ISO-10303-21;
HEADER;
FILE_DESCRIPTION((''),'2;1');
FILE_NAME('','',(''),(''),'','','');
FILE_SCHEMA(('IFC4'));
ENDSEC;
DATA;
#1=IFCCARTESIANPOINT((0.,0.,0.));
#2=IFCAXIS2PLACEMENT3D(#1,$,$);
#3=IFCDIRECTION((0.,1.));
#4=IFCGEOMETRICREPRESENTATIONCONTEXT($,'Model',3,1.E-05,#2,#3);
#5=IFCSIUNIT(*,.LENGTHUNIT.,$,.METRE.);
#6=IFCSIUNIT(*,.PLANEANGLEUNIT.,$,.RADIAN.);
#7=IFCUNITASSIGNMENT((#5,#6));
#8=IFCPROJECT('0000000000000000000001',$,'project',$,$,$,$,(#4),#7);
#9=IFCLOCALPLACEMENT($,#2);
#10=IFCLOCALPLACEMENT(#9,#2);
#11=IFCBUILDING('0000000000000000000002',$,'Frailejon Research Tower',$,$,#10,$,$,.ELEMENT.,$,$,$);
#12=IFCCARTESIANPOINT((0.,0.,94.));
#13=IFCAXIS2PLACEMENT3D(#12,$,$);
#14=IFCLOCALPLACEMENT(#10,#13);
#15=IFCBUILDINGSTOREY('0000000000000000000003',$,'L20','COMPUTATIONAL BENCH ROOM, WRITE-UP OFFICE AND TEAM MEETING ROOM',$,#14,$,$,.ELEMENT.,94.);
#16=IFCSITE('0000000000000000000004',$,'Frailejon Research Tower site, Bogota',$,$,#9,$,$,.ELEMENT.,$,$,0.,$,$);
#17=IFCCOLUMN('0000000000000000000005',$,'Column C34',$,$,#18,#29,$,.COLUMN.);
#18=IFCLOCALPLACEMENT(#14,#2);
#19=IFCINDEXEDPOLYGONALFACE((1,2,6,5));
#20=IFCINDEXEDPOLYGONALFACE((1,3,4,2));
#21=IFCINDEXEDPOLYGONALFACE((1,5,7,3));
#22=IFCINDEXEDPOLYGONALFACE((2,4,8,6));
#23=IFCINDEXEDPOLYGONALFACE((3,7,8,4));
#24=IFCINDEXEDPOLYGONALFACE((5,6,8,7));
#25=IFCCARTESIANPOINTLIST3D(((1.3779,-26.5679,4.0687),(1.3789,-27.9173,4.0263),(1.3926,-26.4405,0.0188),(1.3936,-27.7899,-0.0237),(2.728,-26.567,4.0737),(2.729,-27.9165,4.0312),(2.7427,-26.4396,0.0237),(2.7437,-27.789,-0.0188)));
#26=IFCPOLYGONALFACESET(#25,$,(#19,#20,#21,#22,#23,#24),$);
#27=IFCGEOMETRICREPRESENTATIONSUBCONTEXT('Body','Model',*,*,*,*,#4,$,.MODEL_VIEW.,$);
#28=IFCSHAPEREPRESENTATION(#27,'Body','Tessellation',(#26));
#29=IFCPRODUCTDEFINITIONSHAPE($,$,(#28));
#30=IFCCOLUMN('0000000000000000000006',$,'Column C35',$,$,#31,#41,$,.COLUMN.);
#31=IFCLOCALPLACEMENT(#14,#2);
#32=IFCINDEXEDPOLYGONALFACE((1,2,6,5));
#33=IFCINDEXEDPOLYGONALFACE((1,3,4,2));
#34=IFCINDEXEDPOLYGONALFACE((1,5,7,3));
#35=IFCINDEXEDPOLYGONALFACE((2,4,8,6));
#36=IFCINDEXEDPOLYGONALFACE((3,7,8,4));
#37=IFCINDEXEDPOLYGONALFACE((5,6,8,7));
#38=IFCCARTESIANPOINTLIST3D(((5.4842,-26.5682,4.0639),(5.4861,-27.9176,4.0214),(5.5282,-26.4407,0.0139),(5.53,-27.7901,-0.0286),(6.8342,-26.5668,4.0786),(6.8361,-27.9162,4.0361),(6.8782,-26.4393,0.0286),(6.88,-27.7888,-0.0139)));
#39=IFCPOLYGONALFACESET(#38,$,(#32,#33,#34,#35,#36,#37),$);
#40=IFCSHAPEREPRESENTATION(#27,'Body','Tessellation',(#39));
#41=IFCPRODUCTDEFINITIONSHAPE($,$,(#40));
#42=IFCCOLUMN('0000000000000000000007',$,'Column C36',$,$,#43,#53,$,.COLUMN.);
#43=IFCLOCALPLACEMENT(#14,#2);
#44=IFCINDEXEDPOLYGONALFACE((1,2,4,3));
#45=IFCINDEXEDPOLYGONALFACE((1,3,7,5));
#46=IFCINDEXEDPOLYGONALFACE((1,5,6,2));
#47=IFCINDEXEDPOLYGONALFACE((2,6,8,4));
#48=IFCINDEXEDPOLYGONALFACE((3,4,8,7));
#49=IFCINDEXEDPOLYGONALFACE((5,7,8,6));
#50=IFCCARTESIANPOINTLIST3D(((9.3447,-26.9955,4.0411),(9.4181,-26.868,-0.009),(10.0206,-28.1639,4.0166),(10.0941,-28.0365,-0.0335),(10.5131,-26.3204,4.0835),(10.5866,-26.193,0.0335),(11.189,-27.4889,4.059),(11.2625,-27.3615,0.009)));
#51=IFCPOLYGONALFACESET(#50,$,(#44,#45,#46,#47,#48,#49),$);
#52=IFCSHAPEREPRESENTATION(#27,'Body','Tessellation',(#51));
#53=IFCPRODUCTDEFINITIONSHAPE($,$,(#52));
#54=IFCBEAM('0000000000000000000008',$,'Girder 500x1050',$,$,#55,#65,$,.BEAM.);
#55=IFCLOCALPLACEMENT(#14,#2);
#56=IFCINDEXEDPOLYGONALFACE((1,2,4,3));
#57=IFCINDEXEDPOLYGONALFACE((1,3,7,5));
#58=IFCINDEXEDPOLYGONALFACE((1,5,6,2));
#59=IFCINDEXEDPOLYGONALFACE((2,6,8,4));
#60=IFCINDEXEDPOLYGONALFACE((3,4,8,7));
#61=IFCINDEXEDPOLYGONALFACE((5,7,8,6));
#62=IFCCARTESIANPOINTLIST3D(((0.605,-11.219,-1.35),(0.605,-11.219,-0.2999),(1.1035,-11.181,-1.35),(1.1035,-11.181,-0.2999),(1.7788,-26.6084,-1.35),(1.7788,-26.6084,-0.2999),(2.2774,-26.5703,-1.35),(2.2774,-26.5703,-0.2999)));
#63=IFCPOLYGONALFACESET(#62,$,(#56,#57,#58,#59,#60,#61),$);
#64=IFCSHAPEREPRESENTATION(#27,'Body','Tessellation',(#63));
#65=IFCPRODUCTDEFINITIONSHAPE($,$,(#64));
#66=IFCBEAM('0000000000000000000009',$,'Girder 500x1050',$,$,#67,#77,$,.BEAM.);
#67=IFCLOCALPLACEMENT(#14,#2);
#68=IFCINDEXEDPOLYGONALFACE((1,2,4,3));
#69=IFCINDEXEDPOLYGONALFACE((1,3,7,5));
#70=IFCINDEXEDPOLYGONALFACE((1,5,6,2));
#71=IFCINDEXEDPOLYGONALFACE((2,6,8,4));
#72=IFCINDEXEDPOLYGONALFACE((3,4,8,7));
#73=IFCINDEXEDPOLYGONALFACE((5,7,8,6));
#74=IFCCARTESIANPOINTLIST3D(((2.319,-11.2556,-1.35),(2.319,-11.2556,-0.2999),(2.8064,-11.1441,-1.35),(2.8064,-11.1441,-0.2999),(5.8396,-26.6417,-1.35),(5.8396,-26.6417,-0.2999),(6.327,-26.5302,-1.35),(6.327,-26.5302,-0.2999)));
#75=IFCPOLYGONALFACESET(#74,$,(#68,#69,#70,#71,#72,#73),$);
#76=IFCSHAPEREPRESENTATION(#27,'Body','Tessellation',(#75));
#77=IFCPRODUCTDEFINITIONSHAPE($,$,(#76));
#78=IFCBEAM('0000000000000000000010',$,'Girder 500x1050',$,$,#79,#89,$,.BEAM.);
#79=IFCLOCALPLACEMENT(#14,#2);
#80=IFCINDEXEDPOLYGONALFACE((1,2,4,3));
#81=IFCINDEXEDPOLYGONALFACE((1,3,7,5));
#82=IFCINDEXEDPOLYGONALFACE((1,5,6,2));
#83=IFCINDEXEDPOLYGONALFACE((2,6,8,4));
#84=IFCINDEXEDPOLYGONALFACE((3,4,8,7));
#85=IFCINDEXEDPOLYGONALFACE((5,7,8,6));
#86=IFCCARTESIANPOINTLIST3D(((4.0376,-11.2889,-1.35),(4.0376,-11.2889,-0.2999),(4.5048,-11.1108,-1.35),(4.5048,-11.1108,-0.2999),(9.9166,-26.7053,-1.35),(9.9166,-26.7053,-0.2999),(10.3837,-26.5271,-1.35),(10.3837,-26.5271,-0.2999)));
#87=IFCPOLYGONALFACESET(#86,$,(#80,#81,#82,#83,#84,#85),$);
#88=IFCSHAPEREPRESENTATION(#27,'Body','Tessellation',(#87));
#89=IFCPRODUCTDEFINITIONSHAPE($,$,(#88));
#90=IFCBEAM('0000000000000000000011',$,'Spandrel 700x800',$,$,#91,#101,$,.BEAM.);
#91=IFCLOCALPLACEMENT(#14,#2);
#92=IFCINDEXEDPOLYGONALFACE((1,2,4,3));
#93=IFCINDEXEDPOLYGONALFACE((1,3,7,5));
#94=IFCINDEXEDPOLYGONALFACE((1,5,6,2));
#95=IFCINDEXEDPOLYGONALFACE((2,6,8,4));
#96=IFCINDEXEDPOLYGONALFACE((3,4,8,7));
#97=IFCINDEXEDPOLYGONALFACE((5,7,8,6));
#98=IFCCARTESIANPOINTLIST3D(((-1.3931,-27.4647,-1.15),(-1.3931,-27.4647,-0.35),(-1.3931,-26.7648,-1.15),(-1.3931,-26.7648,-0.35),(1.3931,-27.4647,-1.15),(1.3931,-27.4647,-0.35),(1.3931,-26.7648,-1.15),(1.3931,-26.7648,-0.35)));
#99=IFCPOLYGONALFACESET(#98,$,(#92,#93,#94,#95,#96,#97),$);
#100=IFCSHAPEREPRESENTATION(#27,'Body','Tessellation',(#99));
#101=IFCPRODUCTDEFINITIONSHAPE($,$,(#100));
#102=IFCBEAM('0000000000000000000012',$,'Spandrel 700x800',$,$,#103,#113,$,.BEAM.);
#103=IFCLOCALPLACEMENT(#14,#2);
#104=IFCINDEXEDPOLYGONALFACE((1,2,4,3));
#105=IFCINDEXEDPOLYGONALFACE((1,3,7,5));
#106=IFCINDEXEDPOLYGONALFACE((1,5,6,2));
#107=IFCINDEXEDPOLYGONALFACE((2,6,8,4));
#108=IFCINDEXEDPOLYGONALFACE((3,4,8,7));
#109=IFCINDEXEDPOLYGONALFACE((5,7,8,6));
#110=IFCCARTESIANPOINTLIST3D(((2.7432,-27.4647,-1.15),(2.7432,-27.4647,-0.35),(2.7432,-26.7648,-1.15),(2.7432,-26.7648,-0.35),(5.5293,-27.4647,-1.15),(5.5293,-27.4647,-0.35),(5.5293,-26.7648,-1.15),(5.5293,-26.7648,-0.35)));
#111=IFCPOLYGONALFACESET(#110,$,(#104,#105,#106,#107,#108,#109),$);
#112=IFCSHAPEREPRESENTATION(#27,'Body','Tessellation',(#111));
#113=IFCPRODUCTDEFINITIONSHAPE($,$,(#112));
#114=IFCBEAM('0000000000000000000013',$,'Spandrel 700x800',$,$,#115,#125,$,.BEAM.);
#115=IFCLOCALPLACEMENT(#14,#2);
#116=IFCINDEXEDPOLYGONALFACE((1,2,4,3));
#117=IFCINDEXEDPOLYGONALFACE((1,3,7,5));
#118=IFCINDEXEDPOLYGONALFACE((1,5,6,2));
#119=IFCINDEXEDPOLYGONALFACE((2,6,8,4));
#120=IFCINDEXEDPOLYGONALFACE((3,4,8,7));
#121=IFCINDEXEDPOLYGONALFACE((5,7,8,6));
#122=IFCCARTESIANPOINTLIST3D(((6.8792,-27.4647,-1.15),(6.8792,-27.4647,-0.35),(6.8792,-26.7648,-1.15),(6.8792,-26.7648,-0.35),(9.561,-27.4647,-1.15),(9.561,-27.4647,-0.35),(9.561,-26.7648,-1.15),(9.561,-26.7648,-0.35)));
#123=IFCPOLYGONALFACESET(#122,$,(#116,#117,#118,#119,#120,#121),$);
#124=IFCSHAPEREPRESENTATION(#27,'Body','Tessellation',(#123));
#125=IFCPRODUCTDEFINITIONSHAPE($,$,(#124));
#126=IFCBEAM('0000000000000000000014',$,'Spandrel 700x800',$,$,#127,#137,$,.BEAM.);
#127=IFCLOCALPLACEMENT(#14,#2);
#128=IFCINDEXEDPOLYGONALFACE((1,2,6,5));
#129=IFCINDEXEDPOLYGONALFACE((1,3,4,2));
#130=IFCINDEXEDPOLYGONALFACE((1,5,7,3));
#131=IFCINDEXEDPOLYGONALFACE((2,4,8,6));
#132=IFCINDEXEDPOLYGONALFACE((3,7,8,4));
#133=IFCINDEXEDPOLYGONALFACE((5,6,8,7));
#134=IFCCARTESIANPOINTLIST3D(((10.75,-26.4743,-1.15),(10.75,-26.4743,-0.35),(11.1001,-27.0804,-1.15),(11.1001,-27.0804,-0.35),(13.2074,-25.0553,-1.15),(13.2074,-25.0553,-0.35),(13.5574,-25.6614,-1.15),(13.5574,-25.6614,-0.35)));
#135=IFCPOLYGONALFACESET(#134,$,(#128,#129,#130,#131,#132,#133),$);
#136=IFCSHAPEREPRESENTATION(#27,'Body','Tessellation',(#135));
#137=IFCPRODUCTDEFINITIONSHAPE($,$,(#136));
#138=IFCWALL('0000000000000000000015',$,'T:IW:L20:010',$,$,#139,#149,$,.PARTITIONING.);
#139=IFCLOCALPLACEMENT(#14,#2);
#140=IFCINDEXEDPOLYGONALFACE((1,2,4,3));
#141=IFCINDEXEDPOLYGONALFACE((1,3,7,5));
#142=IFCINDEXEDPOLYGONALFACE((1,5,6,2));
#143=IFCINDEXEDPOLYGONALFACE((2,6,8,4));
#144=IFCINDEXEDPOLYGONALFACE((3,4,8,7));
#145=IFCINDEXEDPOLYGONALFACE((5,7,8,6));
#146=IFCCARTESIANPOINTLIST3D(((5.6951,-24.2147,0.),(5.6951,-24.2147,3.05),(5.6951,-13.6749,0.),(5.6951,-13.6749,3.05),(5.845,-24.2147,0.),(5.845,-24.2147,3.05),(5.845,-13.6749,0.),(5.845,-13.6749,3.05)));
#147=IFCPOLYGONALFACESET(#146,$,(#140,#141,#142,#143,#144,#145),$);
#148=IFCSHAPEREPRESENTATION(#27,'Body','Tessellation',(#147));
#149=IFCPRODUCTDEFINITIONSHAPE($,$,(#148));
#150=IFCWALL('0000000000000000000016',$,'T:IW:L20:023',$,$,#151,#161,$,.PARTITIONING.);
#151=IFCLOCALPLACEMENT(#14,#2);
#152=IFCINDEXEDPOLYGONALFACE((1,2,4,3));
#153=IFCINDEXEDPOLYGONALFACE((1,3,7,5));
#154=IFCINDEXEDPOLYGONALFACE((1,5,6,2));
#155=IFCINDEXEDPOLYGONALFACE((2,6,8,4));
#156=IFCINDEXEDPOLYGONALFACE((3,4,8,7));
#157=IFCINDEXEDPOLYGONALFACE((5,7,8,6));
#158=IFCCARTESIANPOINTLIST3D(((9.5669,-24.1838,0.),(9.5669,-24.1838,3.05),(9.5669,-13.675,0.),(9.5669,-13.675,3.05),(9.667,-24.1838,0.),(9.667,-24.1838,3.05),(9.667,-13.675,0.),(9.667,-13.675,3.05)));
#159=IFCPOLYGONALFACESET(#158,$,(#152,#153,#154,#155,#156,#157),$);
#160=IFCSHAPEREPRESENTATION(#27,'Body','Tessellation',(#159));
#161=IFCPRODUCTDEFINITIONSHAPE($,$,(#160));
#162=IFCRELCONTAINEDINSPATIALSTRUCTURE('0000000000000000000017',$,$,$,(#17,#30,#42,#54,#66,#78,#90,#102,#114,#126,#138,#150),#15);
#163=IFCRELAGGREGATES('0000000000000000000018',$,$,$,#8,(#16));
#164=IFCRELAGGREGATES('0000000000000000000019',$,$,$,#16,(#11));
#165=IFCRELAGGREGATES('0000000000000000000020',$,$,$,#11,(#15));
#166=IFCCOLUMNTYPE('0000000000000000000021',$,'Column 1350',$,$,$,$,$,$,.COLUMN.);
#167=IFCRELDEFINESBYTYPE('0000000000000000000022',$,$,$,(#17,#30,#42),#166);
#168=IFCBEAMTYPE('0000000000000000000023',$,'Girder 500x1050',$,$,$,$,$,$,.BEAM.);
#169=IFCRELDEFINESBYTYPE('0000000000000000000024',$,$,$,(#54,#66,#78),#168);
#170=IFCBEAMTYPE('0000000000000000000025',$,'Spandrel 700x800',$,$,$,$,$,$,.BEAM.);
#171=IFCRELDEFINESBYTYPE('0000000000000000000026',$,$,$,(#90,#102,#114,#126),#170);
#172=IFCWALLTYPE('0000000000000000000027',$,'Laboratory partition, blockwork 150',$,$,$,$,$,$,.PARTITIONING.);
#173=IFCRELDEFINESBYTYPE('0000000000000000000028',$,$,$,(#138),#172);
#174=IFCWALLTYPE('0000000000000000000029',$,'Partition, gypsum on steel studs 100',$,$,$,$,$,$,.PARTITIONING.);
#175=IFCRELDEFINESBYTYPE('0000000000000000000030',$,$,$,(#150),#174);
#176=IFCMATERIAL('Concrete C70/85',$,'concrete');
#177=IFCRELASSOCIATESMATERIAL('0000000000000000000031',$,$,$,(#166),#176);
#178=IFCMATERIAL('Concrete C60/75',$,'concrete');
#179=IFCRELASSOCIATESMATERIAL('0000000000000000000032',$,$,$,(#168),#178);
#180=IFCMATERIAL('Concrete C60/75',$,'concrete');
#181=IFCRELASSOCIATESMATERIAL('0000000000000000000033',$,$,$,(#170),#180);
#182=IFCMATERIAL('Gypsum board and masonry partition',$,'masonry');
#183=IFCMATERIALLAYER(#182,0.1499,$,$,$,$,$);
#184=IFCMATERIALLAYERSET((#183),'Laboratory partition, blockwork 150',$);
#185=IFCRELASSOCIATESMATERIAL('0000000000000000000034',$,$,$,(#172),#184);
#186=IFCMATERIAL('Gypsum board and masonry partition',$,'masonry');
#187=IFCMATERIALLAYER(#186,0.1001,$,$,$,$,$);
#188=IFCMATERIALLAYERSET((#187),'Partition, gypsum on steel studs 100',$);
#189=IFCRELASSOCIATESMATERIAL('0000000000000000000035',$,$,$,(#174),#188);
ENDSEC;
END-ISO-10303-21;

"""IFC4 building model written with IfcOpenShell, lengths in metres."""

from ifc_helpers import new_model, si_unit, direction, frame, frame_2d, origin, origin_2d, place, context, subcontext, project, spatial, rectangle, extrude, material, layer, layer_set, material_profile, profile_set, type_object, element, save


model = new_model("IFC4")

# Units and contexts
model_context = context("Model", 3, precision=1e-05, world=origin(), true_north=direction((0.0, 1.0)))
body_context = subcontext(model_context, "Body", "Model", "MODEL_VIEW")
ifc_project = project(units=[si_unit("LENGTHUNIT", "METRE"), si_unit("PLANEANGLEUNIT", "RADIAN")], contexts=[model_context])

# Site, building, storey
site_placement = place(None, origin())
site = spatial("IfcSite", under=ifc_project, at=site_placement, Name="Frailejon Research Tower site, Bogota", CompositionType="ELEMENT", RefElevation=0.0)
building_placement = place(site_placement, origin())
building = spatial("IfcBuilding", under=site, at=building_placement, Name="Frailejon Research Tower", CompositionType="ELEMENT")
storey_placement = place(building_placement, frame((0.0, 0.0, 94.0)))
storey = spatial("IfcBuildingStorey", under=building, at=storey_placement, Name="L20", Description="COMPUTATIONAL BENCH ROOM, WRITE-UP OFFICE AND TEAM MEETING ROOM", CompositionType="ELEMENT", Elevation=94.0)

# Columns
ifc_material_1 = material(Name="Concrete C70/85", Category="concrete")
ifc_material_profile_1 = material_profile(ifc_material_1, rectangle(XDim=1.3501, YDim=1.3501, at=origin_2d()), Name="Column 1350")
ifc_profile_set_1 = profile_set([ifc_material_profile_1], Name="Concrete C70/85")
column_type = type_object("IfcColumnType", Name="Column 1350", PredefinedType="COLUMN", material=ifc_profile_set_1)
column_1_placement = place(storey_placement, frame((2.0681, -27.1147, 0.0), z_axis=(-0.003615, -0.031451, 0.999499), x_axis=(0.999993, 0.000624, 0.003636)))
element("IfcColumn", 1, at=column_1_placement, inside=storey, type_object=column_type, Name="Column C34", PredefinedType="COLUMN", context=body_context, shape_type="SweptSolid", body=[
    extrude(rectangle(XDim=1.3501, YDim=1.3501, at=origin_2d()), origin(), (0.0, 0.0, 1.0), 4.052),
])
column_2_placement = place(storey_placement, frame((6.2041, -27.1147, 0.0), z_axis=(-0.010845, -0.031449, 0.999447), x_axis=(0.99994, 0.001017, 0.010882)))
element("IfcColumn", 2, at=column_2_placement, inside=storey, type_object=column_type, Name="Column C35", PredefinedType="COLUMN", context=body_context, shape_type="SweptSolid", body=[
    extrude(rectangle(XDim=1.3501, YDim=1.3501, at=origin_2d()), origin(), (0.0, 0.0, 1.0), 4.0522),
])
column_3_placement = place(storey_placement, frame((10.3403, -27.1147, 0.0), z_axis=(-0.018133, -0.031446, 0.999341), x_axis=(0.865469, 0.499975, 0.031436)))
element("IfcColumn", 3, at=column_3_placement, inside=storey, type_object=column_type, Name="Column C36", PredefinedType="COLUMN", context=body_context, shape_type="SweptSolid", body=[
    extrude(rectangle(XDim=1.3501, YDim=1.3501, at=origin_2d()), origin(), (0.0, 0.0, 1.0), 4.0527),
])

# Beams
ifc_material_2 = material(Name="Concrete C60/75", Category="concrete")
ifc_material_profile_2 = material_profile(ifc_material_2, rectangle(XDim=0.5, YDim=1.05, at=origin_2d()), Name="Girder 500x1050")
ifc_profile_set_2 = profile_set([ifc_material_profile_2], Name="Concrete C60/75")
beam_type_1 = type_object("IfcBeamType", Name="Girder 500x1050", PredefinedType="BEAM", material=ifc_profile_set_2)
beam_1_placement = place(storey_placement, frame((2.0281, -26.5894, -0.825), z_axis=(-0.076054, 0.997104, 0.0), x_axis=(-0.997104, -0.076054, 0.0)))
element("IfcBeam", 4, at=beam_1_placement, inside=storey, type_object=beam_type_1, Name="Girder 500x1050", PredefinedType="BEAM", context=body_context, shape_type="SweptSolid", body=[
    extrude(rectangle(XDim=0.5, YDim=1.05, at=origin_2d()), origin(), (0.0, 0.0, 1.0), 15.4341),
])
beam_2_placement = place(storey_placement, frame((6.0833, -26.5859, -0.825), z_axis=(-0.223048, 0.974807, 0.0), x_axis=(-0.974807, -0.223048, 0.0)))
element("IfcBeam", 5, at=beam_2_placement, inside=storey, type_object=beam_type_1, Name="Girder 500x1050", PredefinedType="BEAM", context=body_context, shape_type="SweptSolid", body=[
    extrude(rectangle(XDim=0.5, YDim=1.05, at=origin_2d()), origin(), (0.0, 0.0, 1.0), 15.7837),
])
beam_3_placement = place(storey_placement, frame((10.1501, -26.6162, -0.825), z_axis=(-0.356315, 0.934366, 0.0), x_axis=(-0.934366, -0.356315, 0.0)))
element("IfcBeam", 6, at=beam_3_placement, inside=storey, type_object=beam_type_1, Name="Girder 500x1050", PredefinedType="BEAM", context=body_context, shape_type="SweptSolid", body=[
    extrude(rectangle(XDim=0.5, YDim=1.05, at=origin_2d()), origin(), (0.0, 0.0, 1.0), 16.4993),
])
ifc_material_3 = material(Name="Concrete C60/75", Category="concrete")
ifc_material_profile_3 = material_profile(ifc_material_3, rectangle(XDim=0.7, YDim=0.8, at=origin_2d()), Name="Spandrel 700x800")
ifc_profile_set_3 = profile_set([ifc_material_profile_3], Name="Concrete C60/75")
beam_type_2 = type_object("IfcBeamType", Name="Spandrel 700x800", PredefinedType="BEAM", material=ifc_profile_set_3)
for number, where, z_axis, x_axis, name in (
    (7, (-1.3931, -27.1147, -0.75), (1.0, 0.0, 0.0), (0.0, 1.0, 0.0), "Spandrel 700x800"),
    (8, (2.7432, -27.1147, -0.75), (1.0, 0.0, 0.0), (0.0, 1.0, 0.0), "Spandrel 700x800"),
):
    element("IfcBeam", number, at=place(storey_placement, frame(where, z_axis=z_axis, x_axis=x_axis)), inside=storey, type_object=beam_type_2, Name=name, PredefinedType="BEAM", context=body_context, shape_type="SweptSolid", body=[
        extrude(rectangle(XDim=0.7, YDim=0.8, at=origin_2d()), origin(), (0.0, 0.0, 1.0), 2.7861),
    ])
beam_4_placement = place(storey_placement, frame((6.8792, -27.1147, -0.75), z_axis=(1.0, 0.0, 0.0), x_axis=(0.0, 1.0, 0.0)))
element("IfcBeam", 9, at=beam_4_placement, inside=storey, type_object=beam_type_2, Name="Spandrel 700x800", PredefinedType="BEAM", context=body_context, shape_type="SweptSolid", body=[
    extrude(rectangle(XDim=0.7, YDim=0.8, at=origin_2d()), origin(), (0.0, 0.0, 1.0), 2.6819),
])
beam_5_placement = place(storey_placement, frame((10.925, -26.7773, -0.75), z_axis=(0.865989, 0.500063, 0.0), x_axis=(-0.500063, 0.865989, 0.0)))
element("IfcBeam", 10, at=beam_5_placement, inside=storey, type_object=beam_type_2, Name="Spandrel 700x800", PredefinedType="BEAM", context=body_context, shape_type="SweptSolid", body=[
    extrude(rectangle(XDim=0.7, YDim=0.8, at=origin_2d()), origin(), (0.0, 0.0, 1.0), 2.8376),
])

# Walls
ifc_material_4 = material(Name="Gypsum board and masonry partition", Category="masonry")
ifc_layer_1 = layer(ifc_material_4, 0.1499)
ifc_layer_set_1 = layer_set([ifc_layer_1], Name="Laboratory partition, blockwork 150")
wall_type_1 = type_object("IfcWallType", Name="Laboratory partition, blockwork 150", PredefinedType="PARTITIONING", material=ifc_layer_set_1)
wall_1_placement = place(storey_placement, frame((5.77, -24.2148, 0.0), z_axis=(0.0, 0.0, 1.0), x_axis=(0.0, 1.0, 0.0)))
element("IfcWall", 11, at=wall_1_placement, inside=storey, type_object=wall_type_1, Name="T:IW:L20:010", PredefinedType="PARTITIONING", context=body_context, shape_type="SweptSolid", body=[
    extrude(rectangle(XDim=10.5398, YDim=0.1499, at=frame_2d((5.27, 0.0))), origin(), (0.0, 0.0, 1.0), 3.05),
])
ifc_material_5 = material(Name="Gypsum board and masonry partition", Category="masonry")
ifc_layer_2 = layer(ifc_material_5, 0.1001)
ifc_layer_set_2 = layer_set([ifc_layer_2], Name="Partition, gypsum on steel studs 100")
wall_type_2 = type_object("IfcWallType", Name="Partition, gypsum on steel studs 100", PredefinedType="PARTITIONING", material=ifc_layer_set_2)
wall_2_placement = place(storey_placement, frame((9.6169, -24.1838, 0.0), z_axis=(0.0, 0.0, 1.0), x_axis=(0.0, 1.0, 0.0)))
element("IfcWall", 12, at=wall_2_placement, inside=storey, type_object=wall_type_2, Name="T:IW:L20:023", PredefinedType="PARTITIONING", context=body_context, shape_type="SweptSolid", body=[
    extrude(rectangle(XDim=10.5088, YDim=0.1001, at=frame_2d((5.2544, 0.0))), origin(), (0.0, 0.0, 1.0), 3.05),
])

save(model, "model.ifc")
